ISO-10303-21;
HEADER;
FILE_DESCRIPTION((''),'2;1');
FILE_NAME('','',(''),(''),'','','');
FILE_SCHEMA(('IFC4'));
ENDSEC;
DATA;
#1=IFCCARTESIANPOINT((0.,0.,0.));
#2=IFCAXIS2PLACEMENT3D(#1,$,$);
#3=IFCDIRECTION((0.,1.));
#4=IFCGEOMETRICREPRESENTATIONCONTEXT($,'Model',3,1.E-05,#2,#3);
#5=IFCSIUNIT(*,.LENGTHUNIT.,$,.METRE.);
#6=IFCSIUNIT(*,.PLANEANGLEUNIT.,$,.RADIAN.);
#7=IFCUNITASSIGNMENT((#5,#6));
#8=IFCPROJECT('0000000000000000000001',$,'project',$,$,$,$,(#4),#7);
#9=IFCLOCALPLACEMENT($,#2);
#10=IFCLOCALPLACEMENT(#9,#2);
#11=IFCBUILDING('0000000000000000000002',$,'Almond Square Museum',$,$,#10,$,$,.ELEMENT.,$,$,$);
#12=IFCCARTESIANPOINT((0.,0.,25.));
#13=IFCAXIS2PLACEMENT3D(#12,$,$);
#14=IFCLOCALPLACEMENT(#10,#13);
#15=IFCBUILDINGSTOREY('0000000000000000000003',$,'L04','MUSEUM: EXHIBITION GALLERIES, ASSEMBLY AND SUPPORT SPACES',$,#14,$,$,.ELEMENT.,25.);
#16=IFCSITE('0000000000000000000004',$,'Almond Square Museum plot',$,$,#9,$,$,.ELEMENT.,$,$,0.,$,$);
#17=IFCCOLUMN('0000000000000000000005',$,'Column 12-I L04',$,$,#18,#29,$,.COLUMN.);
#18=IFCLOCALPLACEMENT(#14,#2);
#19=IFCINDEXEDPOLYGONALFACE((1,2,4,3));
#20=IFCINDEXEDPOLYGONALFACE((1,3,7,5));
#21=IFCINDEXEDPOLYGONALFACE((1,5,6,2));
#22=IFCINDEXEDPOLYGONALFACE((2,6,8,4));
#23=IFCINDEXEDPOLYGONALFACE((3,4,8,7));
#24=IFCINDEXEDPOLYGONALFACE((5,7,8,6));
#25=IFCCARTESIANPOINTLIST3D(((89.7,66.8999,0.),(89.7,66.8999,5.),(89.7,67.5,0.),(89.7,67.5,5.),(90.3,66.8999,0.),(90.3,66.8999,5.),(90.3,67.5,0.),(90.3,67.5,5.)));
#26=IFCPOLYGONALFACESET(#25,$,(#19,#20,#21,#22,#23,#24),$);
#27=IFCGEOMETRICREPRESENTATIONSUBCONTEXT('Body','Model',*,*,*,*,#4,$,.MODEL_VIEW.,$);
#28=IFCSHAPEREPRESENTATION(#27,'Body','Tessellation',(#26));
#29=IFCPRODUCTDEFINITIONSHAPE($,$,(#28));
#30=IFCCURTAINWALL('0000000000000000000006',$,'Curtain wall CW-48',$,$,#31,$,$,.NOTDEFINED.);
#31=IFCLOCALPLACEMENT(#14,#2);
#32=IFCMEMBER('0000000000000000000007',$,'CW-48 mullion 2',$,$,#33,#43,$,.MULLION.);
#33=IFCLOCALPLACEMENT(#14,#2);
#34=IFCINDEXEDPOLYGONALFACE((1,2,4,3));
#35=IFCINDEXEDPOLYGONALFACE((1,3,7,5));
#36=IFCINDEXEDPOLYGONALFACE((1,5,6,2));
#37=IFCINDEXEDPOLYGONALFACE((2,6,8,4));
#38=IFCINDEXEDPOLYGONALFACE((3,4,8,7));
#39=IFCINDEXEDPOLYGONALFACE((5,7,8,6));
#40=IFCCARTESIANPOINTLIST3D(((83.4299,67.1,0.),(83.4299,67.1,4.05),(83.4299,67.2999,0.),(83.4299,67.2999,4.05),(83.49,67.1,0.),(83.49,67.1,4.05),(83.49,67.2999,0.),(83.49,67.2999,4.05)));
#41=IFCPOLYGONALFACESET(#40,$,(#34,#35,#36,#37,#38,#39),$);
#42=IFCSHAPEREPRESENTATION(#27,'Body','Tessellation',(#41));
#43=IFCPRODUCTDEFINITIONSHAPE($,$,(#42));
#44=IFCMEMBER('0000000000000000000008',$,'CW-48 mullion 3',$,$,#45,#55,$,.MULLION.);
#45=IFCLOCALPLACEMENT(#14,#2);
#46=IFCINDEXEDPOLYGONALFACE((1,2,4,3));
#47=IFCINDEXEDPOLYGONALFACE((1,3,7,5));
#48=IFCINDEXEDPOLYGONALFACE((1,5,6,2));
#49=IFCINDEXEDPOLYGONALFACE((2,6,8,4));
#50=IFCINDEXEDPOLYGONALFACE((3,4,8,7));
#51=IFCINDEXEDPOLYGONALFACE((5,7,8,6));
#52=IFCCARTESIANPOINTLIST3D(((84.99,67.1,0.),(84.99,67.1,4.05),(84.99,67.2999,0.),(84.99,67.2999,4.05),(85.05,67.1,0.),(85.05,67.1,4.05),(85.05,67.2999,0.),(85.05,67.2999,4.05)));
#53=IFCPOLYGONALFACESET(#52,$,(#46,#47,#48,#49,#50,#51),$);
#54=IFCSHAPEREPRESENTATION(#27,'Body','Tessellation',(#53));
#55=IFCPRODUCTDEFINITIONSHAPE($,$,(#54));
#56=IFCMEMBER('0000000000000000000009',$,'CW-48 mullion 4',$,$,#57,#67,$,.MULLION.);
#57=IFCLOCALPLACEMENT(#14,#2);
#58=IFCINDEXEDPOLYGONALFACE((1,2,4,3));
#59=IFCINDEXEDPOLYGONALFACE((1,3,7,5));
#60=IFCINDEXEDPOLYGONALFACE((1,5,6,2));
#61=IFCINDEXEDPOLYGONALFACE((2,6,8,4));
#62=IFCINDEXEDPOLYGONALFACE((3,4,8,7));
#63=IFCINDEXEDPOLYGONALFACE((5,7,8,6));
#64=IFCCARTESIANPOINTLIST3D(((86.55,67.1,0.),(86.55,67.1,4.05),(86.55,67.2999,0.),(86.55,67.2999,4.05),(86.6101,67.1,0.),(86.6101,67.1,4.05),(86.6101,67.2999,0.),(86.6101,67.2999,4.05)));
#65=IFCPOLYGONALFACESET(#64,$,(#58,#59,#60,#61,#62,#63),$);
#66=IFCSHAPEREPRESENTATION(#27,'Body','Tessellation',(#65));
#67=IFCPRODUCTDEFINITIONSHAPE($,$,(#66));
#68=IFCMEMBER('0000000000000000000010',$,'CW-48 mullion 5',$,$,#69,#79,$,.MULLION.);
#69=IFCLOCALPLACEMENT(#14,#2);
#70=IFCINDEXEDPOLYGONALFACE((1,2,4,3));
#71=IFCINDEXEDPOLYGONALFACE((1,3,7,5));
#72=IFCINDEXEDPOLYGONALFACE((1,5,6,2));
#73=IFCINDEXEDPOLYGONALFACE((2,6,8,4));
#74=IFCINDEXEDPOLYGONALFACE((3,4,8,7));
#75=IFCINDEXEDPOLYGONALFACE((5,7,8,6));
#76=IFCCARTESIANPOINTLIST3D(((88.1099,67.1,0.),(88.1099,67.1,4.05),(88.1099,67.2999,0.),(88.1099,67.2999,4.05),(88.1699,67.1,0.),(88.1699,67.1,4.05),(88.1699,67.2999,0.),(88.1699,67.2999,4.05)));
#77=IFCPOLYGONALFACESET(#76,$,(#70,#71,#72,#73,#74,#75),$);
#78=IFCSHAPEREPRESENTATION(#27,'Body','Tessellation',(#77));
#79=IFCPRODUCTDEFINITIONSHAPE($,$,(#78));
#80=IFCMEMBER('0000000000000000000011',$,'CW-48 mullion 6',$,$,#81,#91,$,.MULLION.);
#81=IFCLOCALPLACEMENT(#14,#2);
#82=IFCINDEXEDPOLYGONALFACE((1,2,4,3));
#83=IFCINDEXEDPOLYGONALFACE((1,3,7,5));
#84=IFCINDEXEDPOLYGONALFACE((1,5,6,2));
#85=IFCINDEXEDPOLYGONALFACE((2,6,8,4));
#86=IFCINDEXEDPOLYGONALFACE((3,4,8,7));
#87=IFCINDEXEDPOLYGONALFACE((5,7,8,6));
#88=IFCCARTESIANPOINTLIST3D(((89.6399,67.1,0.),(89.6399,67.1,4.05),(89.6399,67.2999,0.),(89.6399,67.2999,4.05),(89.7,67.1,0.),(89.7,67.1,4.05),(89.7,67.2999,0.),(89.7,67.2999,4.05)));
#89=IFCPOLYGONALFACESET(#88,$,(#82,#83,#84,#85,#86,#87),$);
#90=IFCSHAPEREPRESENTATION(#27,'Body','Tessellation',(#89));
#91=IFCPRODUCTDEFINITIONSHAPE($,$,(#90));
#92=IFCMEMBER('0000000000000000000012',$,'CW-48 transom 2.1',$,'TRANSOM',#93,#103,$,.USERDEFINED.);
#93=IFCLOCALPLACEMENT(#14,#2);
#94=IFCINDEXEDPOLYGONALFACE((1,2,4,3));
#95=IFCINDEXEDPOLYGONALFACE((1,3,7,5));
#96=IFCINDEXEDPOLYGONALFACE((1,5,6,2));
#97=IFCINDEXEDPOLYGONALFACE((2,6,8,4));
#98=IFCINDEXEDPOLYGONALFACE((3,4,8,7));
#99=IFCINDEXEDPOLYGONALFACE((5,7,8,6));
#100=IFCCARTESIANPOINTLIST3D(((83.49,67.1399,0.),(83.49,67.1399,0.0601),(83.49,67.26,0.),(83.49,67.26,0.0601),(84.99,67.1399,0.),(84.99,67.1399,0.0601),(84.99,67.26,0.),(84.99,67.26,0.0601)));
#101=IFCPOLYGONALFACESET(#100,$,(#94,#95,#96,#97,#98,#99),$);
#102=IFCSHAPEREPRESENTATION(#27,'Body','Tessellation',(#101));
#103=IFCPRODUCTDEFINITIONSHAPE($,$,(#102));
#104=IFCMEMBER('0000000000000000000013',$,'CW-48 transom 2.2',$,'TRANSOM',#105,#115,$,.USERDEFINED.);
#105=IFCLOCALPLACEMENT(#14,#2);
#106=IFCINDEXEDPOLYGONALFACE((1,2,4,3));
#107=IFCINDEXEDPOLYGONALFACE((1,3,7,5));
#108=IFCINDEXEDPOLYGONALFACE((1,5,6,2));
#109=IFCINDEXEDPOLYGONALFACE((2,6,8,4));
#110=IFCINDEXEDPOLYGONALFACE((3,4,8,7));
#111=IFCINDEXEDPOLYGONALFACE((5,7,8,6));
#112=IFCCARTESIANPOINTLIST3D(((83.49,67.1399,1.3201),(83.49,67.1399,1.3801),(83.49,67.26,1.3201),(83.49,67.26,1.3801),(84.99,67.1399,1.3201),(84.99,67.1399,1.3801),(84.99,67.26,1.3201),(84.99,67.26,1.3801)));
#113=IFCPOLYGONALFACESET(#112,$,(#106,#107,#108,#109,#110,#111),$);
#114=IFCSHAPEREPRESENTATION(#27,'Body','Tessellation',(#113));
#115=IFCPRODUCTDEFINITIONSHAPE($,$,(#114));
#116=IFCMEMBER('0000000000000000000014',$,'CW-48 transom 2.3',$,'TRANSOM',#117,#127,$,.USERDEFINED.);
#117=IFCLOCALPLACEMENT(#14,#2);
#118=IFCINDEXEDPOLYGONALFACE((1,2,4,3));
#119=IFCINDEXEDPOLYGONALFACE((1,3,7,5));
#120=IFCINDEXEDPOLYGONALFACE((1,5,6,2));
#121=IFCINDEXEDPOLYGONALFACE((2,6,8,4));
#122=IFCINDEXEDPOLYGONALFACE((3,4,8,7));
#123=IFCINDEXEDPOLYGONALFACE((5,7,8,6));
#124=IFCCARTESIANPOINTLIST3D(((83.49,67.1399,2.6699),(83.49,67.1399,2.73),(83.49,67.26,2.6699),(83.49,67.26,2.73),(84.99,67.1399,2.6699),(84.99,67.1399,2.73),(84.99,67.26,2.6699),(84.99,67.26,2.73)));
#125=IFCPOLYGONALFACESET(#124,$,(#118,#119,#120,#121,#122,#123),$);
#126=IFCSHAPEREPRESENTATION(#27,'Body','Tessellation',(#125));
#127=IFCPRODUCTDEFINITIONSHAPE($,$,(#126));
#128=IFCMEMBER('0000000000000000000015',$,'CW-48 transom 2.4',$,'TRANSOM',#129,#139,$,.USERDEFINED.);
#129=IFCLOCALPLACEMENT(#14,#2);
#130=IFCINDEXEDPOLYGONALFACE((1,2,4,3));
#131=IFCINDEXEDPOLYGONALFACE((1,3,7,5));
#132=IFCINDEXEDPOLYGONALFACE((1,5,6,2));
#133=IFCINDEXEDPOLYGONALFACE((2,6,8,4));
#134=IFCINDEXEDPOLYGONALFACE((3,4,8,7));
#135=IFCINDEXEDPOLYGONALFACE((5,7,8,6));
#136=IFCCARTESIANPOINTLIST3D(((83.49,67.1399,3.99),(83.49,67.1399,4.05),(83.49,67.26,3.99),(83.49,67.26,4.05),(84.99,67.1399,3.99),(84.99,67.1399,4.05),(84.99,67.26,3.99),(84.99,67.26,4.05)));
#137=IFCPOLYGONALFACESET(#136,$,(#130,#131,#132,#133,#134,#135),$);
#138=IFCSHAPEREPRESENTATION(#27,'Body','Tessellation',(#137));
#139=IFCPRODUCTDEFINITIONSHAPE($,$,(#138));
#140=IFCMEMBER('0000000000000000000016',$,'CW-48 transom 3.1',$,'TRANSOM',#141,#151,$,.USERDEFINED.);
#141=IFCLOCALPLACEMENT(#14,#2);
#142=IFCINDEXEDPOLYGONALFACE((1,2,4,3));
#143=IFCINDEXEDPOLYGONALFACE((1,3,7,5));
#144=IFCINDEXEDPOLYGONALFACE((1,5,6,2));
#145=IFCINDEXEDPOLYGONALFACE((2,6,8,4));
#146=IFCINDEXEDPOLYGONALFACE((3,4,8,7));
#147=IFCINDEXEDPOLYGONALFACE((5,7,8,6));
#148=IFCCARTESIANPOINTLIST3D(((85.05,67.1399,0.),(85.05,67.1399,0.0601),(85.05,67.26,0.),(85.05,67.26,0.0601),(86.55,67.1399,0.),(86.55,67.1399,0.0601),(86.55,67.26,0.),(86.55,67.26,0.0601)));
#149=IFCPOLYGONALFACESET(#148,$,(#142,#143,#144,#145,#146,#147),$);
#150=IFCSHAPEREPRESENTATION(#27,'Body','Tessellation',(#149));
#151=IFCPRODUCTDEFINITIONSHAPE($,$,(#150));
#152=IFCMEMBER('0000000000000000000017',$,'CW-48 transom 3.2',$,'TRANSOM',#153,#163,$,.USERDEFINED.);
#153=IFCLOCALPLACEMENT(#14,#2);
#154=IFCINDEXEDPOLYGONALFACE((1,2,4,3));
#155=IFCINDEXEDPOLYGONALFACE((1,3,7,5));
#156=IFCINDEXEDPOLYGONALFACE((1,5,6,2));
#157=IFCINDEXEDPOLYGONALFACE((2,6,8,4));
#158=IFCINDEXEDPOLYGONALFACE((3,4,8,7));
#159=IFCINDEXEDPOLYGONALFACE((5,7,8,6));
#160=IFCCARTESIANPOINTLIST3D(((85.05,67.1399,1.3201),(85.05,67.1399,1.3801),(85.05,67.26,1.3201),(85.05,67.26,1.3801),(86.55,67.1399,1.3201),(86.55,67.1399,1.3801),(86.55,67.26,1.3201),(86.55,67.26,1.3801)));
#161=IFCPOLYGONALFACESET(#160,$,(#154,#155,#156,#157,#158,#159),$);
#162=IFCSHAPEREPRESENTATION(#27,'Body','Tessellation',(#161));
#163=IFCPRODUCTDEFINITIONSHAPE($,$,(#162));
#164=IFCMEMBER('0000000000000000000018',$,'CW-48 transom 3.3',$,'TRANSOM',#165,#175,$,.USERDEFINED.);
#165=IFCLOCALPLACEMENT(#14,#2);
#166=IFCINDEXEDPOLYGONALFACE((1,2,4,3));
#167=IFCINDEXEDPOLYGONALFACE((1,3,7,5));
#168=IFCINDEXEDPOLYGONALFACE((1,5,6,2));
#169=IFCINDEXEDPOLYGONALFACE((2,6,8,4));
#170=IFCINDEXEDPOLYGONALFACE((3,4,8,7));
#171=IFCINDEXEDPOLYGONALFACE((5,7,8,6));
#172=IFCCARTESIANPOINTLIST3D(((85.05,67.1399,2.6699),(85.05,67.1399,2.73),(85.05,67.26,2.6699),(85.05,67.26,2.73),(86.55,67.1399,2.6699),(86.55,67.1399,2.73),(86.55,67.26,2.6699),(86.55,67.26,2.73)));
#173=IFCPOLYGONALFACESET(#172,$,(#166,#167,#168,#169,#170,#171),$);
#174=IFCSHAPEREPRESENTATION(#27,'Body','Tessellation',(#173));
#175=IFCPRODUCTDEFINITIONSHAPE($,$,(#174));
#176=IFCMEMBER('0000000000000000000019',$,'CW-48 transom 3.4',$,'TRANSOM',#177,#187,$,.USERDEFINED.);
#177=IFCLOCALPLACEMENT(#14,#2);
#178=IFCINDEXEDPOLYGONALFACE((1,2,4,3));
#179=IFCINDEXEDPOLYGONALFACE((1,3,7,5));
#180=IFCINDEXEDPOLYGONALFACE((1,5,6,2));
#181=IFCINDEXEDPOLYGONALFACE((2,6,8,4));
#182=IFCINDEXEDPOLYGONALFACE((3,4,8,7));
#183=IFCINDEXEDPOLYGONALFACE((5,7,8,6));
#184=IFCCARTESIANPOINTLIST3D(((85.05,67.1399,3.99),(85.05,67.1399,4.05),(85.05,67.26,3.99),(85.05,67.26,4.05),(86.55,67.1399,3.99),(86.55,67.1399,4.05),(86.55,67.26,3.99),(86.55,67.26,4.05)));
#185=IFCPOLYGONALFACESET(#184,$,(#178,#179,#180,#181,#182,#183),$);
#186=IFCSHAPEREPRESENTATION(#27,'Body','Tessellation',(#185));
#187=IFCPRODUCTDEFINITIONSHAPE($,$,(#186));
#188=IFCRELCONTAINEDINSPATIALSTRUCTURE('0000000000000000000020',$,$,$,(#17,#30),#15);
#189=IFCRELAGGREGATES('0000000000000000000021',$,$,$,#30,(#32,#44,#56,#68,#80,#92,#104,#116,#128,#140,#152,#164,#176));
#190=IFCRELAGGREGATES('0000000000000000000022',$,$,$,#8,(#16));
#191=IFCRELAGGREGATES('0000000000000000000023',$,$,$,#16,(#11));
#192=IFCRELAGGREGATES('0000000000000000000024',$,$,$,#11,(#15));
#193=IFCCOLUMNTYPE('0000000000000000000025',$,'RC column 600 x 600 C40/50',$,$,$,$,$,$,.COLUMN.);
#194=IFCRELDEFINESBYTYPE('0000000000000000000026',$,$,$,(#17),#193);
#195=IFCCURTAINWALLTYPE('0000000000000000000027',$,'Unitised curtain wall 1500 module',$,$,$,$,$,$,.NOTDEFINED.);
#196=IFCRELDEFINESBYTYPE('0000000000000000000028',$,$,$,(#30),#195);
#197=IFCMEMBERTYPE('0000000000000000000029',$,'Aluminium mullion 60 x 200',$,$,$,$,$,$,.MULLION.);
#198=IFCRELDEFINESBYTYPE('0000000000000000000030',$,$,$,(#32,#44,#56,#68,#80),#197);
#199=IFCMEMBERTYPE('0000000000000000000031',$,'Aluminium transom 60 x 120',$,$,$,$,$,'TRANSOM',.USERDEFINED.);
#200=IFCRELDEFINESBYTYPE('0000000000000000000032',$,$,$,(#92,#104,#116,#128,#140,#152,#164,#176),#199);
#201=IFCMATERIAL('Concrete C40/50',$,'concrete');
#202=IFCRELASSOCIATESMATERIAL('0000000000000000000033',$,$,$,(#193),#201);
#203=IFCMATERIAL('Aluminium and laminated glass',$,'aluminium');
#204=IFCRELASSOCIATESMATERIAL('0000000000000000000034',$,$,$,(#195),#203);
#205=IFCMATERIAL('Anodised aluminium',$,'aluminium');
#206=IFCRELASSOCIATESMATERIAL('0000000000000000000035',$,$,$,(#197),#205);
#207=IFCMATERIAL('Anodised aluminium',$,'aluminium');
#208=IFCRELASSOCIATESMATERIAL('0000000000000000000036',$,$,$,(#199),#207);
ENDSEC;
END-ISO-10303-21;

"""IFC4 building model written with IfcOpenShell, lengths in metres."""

from ifc_helpers import new_model, si_unit, direction, frame, origin, origin_2d, place, context, subcontext, project, spatial, rectangle, extrude, material, material_profile, profile_set, type_object, element, aggregate, save


model = new_model("IFC4")

# Units and contexts
model_context = context("Model", 3, precision=1e-05, world=origin(), true_north=direction((0.0, 1.0)))
body_context = subcontext(model_context, "Body", "Model", "MODEL_VIEW")
ifc_project = project(units=[si_unit("LENGTHUNIT", "METRE"), si_unit("PLANEANGLEUNIT", "RADIAN")], contexts=[model_context])

# Site, building, storey
site_placement = place(None, origin())
site = spatial("IfcSite", under=ifc_project, at=site_placement, Name="Almond Square Museum plot", CompositionType="ELEMENT", RefElevation=0.0)
building_placement = place(site_placement, origin())
building = spatial("IfcBuilding", under=site, at=building_placement, Name="Almond Square Museum", CompositionType="ELEMENT")
storey_placement = place(building_placement, frame((0.0, 0.0, 25.0)))
storey = spatial("IfcBuildingStorey", under=building, at=storey_placement, Name="L04", Description="MUSEUM: EXHIBITION GALLERIES, ASSEMBLY AND SUPPORT SPACES", CompositionType="ELEMENT", Elevation=25.0)

# Column
ifc_material_1 = material(Name="Concrete C40/50", Category="concrete")
ifc_material_profile_1 = material_profile(ifc_material_1, rectangle(XDim=0.6001, YDim=0.6001, at=origin_2d()))
ifc_profile_set_1 = profile_set([ifc_material_profile_1], Name="Concrete C40/50")
column_type = type_object("IfcColumnType", Name="RC column 600 x 600 C40/50", PredefinedType="COLUMN", material=ifc_profile_set_1)
column_placement = place(storey_placement, frame((90.0, 67.2, 0.0), z_axis=(0.0, 0.0, 1.0), x_axis=(1.0, 0.0, 0.0)))
element("IfcColumn", 1, at=column_placement, inside=storey, type_object=column_type, Name="Column 12-I L04", PredefinedType="COLUMN", context=body_context, shape_type="SweptSolid", body=[
    extrude(rectangle(XDim=0.6001, YDim=0.6001, at=origin_2d()), origin(), (0.0, 0.0, 1.0), 5.0),
])

# Curtain wall, members
ifc_material_2 = material(Name="Aluminium and laminated glass", Category="aluminium")
curtain_wall_type = type_object("IfcCurtainWallType", Name="Unitised curtain wall 1500 module", PredefinedType="NOTDEFINED", material=ifc_material_2)
curtain_wall_placement = place(storey_placement, origin())
curtain_wall = element("IfcCurtainWall", 2, at=curtain_wall_placement, inside=storey, type_object=curtain_wall_type, Name="Curtain wall CW-48", PredefinedType="NOTDEFINED")
ifc_material_3 = material(Name="Anodised aluminium", Category="aluminium")
ifc_material_profile_2 = material_profile(ifc_material_3, rectangle(XDim=0.2, YDim=0.0601, at=origin_2d()))
ifc_profile_set_2 = profile_set([ifc_material_profile_2], Name="Anodised aluminium")
member_type_1 = type_object("IfcMemberType", Name="Aluminium mullion 60 x 200", PredefinedType="MULLION", material=ifc_profile_set_2)
member_1_placement = place(storey_placement, frame((83.46, 67.2, 0.0), z_axis=(0.0, 0.0, 1.0), x_axis=(0.0, 1.0, 0.0)))
member_1 = element("IfcMember", 3, at=member_1_placement, type_object=member_type_1, Name="CW-48 mullion 2", PredefinedType="MULLION", context=body_context, shape_type="SweptSolid", body=[
    extrude(rectangle(XDim=0.2, YDim=0.0601, at=origin_2d()), origin(), (0.0, 0.0, 1.0), 4.05),
])
member_2_placement = place(storey_placement, frame((85.02, 67.2, 0.0), z_axis=(0.0, 0.0, 1.0), x_axis=(0.0, 1.0, 0.0)))
member_2 = element("IfcMember", 4, at=member_2_placement, type_object=member_type_1, Name="CW-48 mullion 3", PredefinedType="MULLION", context=body_context, shape_type="SweptSolid", body=[
    extrude(rectangle(XDim=0.2, YDim=0.0601, at=origin_2d()), origin(), (0.0, 0.0, 1.0), 4.05),
])
member_3_placement = place(storey_placement, frame((86.5801, 67.2, 0.0), z_axis=(0.0, 0.0, 1.0), x_axis=(0.0, 1.0, 0.0)))
member_3 = element("IfcMember", 5, at=member_3_placement, type_object=member_type_1, Name="CW-48 mullion 4", PredefinedType="MULLION", context=body_context, shape_type="SweptSolid", body=[
    extrude(rectangle(XDim=0.2, YDim=0.0601, at=origin_2d()), origin(), (0.0, 0.0, 1.0), 4.05),
])
member_4_placement = place(storey_placement, frame((88.1399, 67.2, 0.0), z_axis=(0.0, 0.0, 1.0), x_axis=(0.0, 1.0, 0.0)))
member_4 = element("IfcMember", 6, at=member_4_placement, type_object=member_type_1, Name="CW-48 mullion 5", PredefinedType="MULLION", context=body_context, shape_type="SweptSolid", body=[
    extrude(rectangle(XDim=0.2, YDim=0.0601, at=origin_2d()), origin(), (0.0, 0.0, 1.0), 4.05),
])
member_5_placement = place(storey_placement, frame((89.6699, 67.2, 0.0), z_axis=(0.0, 0.0, 1.0), x_axis=(0.0, 1.0, 0.0)))
member_5 = element("IfcMember", 7, at=member_5_placement, type_object=member_type_1, Name="CW-48 mullion 6", PredefinedType="MULLION", context=body_context, shape_type="SweptSolid", body=[
    extrude(rectangle(XDim=0.2, YDim=0.0601, at=origin_2d()), origin(), (0.0, 0.0, 1.0), 4.05),
])
ifc_material_4 = material(Name="Anodised aluminium", Category="aluminium")
ifc_material_profile_3 = material_profile(ifc_material_4, rectangle(XDim=0.1201, YDim=0.0601, at=origin_2d()))
ifc_profile_set_3 = profile_set([ifc_material_profile_3], Name="Anodised aluminium")
member_type_2 = type_object("IfcMemberType", Name="Aluminium transom 60 x 120", ElementType="TRANSOM", PredefinedType="USERDEFINED", material=ifc_profile_set_3)
member_6_placement = place(storey_placement, frame((83.49, 67.2, 0.03), z_axis=(1.0, 0.0, 0.0), x_axis=(0.0, 1.0, 0.0)))
member_6 = element("IfcMember", 8, at=member_6_placement, type_object=member_type_2, Name="CW-48 transom 2.1", ObjectType="TRANSOM", PredefinedType="USERDEFINED", context=body_context, shape_type="SweptSolid", body=[
    extrude(rectangle(XDim=0.1201, YDim=0.0601, at=origin_2d()), origin(), (0.0, 0.0, 1.0), 1.5),
])
member_7_placement = place(storey_placement, frame((83.49, 67.2, 1.3501), z_axis=(1.0, 0.0, 0.0), x_axis=(0.0, 1.0, 0.0)))
member_7 = element("IfcMember", 9, at=member_7_placement, type_object=member_type_2, Name="CW-48 transom 2.2", ObjectType="TRANSOM", PredefinedType="USERDEFINED", context=body_context, shape_type="SweptSolid", body=[
    extrude(rectangle(XDim=0.1201, YDim=0.0601, at=origin_2d()), origin(), (0.0, 0.0, 1.0), 1.5),
])
member_8_placement = place(storey_placement, frame((83.49, 67.2, 2.7), z_axis=(1.0, 0.0, 0.0), x_axis=(0.0, 1.0, 0.0)))
member_8 = element("IfcMember", 10, at=member_8_placement, type_object=member_type_2, Name="CW-48 transom 2.3", ObjectType="TRANSOM", PredefinedType="USERDEFINED", context=body_context, shape_type="SweptSolid", body=[
    extrude(rectangle(XDim=0.1201, YDim=0.0601, at=origin_2d()), origin(), (0.0, 0.0, 1.0), 1.5),
])
member_9_placement = place(storey_placement, frame((83.49, 67.2, 4.02), z_axis=(1.0, 0.0, 0.0), x_axis=(0.0, 1.0, 0.0)))
member_9 = element("IfcMember", 11, at=member_9_placement, type_object=member_type_2, Name="CW-48 transom 2.4", ObjectType="TRANSOM", PredefinedType="USERDEFINED", context=body_context, shape_type="SweptSolid", body=[
    extrude(rectangle(XDim=0.1201, YDim=0.0601, at=origin_2d()), origin(), (0.0, 0.0, 1.0), 1.5),
])
member_10_placement = place(storey_placement, frame((85.05, 67.2, 0.03), z_axis=(1.0, 0.0, 0.0), x_axis=(0.0, 1.0, 0.0)))
member_10 = element("IfcMember", 12, at=member_10_placement, type_object=member_type_2, Name="CW-48 transom 3.1", ObjectType="TRANSOM", PredefinedType="USERDEFINED", context=body_context, shape_type="SweptSolid", body=[
    extrude(rectangle(XDim=0.1201, YDim=0.0601, at=origin_2d()), origin(), (0.0, 0.0, 1.0), 1.5),
])
member_11_placement = place(storey_placement, frame((85.05, 67.2, 1.3501), z_axis=(1.0, 0.0, 0.0), x_axis=(0.0, 1.0, 0.0)))
member_11 = element("IfcMember", 13, at=member_11_placement, type_object=member_type_2, Name="CW-48 transom 3.2", ObjectType="TRANSOM", PredefinedType="USERDEFINED", context=body_context, shape_type="SweptSolid", body=[
    extrude(rectangle(XDim=0.1201, YDim=0.0601, at=origin_2d()), origin(), (0.0, 0.0, 1.0), 1.5),
])
member_12_placement = place(storey_placement, frame((85.05, 67.2, 2.7), z_axis=(1.0, 0.0, 0.0), x_axis=(0.0, 1.0, 0.0)))
member_12 = element("IfcMember", 14, at=member_12_placement, type_object=member_type_2, Name="CW-48 transom 3.3", ObjectType="TRANSOM", PredefinedType="USERDEFINED", context=body_context, shape_type="SweptSolid", body=[
    extrude(rectangle(XDim=0.1201, YDim=0.0601, at=origin_2d()), origin(), (0.0, 0.0, 1.0), 1.5),
])
member_13_placement = place(storey_placement, frame((85.05, 67.2, 4.02), z_axis=(1.0, 0.0, 0.0), x_axis=(0.0, 1.0, 0.0)))
member_13 = element("IfcMember", 15, at=member_13_placement, type_object=member_type_2, Name="CW-48 transom 3.4", ObjectType="TRANSOM", PredefinedType="USERDEFINED", context=body_context, shape_type="SweptSolid", body=[
    extrude(rectangle(XDim=0.1201, YDim=0.0601, at=origin_2d()), origin(), (0.0, 0.0, 1.0), 1.5),
])

aggregate(curtain_wall, [member_1, member_2, member_3, member_4, member_5, member_6, member_7, member_8, member_9, member_10, member_11, member_12, member_13])

save(model, "model.ifc")
